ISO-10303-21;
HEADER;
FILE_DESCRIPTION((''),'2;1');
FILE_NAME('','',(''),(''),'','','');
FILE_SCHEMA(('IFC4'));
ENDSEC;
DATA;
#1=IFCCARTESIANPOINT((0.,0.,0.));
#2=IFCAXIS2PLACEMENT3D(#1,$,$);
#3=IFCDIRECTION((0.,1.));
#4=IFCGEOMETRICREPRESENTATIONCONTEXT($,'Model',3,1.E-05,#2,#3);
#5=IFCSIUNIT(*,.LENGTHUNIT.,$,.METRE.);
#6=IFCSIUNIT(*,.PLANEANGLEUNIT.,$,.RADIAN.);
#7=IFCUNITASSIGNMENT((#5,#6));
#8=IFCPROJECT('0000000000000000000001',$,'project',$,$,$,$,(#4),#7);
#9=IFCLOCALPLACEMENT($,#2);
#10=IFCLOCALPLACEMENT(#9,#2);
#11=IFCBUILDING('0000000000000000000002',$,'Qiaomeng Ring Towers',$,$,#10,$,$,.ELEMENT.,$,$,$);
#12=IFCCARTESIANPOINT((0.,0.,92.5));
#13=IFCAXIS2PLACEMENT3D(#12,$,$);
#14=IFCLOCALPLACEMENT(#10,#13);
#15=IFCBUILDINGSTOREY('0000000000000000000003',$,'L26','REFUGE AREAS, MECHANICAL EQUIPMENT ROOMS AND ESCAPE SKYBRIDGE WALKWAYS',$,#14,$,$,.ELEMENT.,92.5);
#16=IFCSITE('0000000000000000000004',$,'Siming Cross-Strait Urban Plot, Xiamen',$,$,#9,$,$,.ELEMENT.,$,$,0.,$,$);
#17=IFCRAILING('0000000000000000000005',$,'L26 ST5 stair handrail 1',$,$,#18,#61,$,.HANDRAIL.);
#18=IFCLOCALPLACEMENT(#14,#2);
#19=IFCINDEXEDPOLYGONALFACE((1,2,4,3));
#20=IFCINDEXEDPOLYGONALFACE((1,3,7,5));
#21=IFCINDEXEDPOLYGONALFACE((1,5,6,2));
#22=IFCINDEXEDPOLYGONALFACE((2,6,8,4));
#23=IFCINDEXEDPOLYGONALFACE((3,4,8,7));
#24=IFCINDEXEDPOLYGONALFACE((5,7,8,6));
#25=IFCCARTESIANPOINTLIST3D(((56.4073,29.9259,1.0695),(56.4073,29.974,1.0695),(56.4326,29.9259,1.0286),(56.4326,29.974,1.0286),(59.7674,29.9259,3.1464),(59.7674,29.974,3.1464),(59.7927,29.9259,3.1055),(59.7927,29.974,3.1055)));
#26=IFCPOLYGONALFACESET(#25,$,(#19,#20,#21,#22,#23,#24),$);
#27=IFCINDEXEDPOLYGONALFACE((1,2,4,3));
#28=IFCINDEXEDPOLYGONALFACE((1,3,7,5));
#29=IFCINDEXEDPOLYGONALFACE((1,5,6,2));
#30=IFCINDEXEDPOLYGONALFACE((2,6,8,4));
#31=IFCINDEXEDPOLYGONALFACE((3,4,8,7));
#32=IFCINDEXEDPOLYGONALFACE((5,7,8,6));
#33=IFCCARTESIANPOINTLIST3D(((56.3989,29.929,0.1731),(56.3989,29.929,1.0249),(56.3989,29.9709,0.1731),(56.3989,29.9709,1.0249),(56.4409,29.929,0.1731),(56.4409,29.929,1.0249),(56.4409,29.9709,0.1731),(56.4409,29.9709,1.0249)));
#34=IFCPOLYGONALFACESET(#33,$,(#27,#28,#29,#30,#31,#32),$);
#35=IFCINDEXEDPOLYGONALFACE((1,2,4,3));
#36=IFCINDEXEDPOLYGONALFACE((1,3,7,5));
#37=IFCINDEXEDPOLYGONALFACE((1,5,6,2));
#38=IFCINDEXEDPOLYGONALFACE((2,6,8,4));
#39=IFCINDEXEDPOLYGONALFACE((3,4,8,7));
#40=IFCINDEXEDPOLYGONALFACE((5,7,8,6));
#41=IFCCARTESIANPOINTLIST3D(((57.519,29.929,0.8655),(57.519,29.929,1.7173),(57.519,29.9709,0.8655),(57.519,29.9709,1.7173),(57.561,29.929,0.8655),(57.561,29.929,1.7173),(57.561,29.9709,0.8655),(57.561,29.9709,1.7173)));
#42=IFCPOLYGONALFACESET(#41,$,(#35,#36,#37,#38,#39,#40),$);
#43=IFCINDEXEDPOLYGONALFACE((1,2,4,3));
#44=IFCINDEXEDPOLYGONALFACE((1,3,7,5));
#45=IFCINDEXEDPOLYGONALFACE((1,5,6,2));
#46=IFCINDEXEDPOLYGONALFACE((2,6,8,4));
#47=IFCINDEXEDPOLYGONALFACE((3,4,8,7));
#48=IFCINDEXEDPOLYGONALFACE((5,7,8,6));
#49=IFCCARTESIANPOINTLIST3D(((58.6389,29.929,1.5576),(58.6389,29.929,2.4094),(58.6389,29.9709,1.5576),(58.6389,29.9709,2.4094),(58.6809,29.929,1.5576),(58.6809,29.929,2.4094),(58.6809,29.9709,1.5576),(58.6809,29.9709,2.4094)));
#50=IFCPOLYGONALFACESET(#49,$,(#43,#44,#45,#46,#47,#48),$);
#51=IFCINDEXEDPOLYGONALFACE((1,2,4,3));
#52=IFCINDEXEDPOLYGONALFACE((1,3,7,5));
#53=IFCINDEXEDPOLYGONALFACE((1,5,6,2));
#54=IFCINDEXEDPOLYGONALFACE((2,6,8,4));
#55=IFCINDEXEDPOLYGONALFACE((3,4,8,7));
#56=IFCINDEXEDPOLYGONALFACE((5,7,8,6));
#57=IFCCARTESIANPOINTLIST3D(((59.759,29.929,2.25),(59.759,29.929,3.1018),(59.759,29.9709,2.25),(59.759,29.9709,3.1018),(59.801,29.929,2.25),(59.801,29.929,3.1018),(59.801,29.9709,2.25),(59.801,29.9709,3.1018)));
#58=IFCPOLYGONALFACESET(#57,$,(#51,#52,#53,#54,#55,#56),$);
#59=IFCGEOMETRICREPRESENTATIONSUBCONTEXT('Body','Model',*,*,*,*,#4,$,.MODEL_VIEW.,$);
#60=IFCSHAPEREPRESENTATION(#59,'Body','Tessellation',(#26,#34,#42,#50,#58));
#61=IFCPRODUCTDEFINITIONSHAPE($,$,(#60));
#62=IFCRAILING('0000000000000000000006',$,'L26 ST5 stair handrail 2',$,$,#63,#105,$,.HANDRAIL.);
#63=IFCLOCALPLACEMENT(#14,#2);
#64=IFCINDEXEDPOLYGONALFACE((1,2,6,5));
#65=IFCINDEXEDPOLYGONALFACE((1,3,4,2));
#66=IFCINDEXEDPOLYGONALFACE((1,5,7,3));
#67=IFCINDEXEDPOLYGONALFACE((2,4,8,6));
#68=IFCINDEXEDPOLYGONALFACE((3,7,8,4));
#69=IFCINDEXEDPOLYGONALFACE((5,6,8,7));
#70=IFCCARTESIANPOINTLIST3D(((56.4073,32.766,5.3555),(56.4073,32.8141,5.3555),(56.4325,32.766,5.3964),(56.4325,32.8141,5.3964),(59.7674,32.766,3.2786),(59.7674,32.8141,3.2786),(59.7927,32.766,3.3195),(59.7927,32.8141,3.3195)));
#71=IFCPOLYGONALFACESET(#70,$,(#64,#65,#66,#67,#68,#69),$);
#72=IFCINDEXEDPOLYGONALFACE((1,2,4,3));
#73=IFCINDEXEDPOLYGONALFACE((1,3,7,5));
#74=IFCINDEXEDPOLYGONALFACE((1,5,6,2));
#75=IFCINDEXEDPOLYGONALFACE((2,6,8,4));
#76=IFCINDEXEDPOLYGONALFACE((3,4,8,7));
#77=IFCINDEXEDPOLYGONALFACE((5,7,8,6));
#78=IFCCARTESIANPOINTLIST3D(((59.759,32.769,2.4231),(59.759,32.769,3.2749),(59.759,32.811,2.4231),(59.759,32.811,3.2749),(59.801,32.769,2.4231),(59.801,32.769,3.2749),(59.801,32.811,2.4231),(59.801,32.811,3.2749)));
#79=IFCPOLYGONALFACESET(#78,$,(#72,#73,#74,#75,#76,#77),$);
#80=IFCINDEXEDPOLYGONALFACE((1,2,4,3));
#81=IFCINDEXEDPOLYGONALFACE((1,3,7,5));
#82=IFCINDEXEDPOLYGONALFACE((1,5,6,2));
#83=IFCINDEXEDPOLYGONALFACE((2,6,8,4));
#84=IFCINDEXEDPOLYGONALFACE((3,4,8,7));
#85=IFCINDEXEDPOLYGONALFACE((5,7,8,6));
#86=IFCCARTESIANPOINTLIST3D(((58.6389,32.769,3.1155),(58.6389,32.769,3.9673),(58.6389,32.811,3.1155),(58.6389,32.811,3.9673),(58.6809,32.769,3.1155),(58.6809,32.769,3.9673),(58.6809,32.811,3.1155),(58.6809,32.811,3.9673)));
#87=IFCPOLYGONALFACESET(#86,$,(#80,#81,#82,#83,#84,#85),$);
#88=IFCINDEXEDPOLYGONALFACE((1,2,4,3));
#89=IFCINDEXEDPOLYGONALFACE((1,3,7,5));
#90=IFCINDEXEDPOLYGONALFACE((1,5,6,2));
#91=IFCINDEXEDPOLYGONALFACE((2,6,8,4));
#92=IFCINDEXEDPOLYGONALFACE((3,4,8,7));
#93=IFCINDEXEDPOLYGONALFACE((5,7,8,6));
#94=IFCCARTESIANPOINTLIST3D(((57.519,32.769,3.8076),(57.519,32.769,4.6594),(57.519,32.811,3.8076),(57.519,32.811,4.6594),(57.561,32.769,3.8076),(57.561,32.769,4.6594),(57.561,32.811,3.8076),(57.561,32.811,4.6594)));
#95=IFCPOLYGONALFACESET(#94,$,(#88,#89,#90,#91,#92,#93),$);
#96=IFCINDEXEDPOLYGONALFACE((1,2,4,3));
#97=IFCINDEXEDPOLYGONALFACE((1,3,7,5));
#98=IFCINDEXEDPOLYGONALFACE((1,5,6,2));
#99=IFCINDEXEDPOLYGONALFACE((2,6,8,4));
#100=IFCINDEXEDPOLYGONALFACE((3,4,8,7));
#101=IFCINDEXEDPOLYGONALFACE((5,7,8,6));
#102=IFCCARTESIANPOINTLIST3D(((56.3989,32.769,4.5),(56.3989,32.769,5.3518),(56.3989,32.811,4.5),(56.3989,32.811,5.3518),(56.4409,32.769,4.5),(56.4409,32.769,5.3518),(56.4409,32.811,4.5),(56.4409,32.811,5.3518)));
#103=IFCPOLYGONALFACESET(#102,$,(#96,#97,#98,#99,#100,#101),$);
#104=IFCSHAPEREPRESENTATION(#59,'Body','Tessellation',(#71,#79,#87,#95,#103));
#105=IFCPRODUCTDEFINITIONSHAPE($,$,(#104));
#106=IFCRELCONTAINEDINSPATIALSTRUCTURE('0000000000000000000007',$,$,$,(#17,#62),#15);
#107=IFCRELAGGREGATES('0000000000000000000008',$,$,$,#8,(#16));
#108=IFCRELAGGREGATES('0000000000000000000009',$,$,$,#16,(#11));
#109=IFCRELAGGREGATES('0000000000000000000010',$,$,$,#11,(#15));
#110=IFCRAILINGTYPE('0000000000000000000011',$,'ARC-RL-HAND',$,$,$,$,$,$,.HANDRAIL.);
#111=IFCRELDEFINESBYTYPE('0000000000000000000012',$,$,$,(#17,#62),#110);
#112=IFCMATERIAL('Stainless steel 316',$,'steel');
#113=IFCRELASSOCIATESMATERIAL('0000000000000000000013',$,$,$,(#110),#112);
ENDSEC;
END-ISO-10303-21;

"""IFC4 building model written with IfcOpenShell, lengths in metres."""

from ifc_helpers import new_model, si_unit, direction, frame, origin, origin_2d, place, context, subcontext, project, spatial, rectangle, extrude, material, type_object, element, save


model = new_model("IFC4")

# Units and contexts
model_context = context("Model", 3, precision=1e-05, world=origin(), true_north=direction((0.0, 1.0)))
body_context = subcontext(model_context, "Body", "Model", "MODEL_VIEW")
ifc_project = project(units=[si_unit("LENGTHUNIT", "METRE"), si_unit("PLANEANGLEUNIT", "RADIAN")], contexts=[model_context])

# Site, building, storey
site_placement = place(None, origin())
site = spatial("IfcSite", under=ifc_project, at=site_placement, Name="Siming Cross-Strait Urban Plot, Xiamen", CompositionType="ELEMENT", RefElevation=0.0)
building_placement = place(site_placement, origin())
building = spatial("IfcBuilding", under=site, at=building_placement, Name="Qiaomeng Ring Towers", CompositionType="ELEMENT")
storey_placement = place(building_placement, frame((0.0, 0.0, 92.5)))
storey = spatial("IfcBuildingStorey", under=building, at=storey_placement, Name="L26", Description="REFUGE AREAS, MECHANICAL EQUIPMENT ROOMS AND ESCAPE SKYBRIDGE WALKWAYS", CompositionType="ELEMENT", Elevation=92.5)

# Shared definitions
ifc_material_1 = material(Name="Stainless steel 316", Category="steel")

# Railings
railing_type_1 = type_object("IfcRailingType", Name="ARC-RL-HAND", PredefinedType="HANDRAIL", material=ifc_material_1)
railing_1_placement = place(storey_placement, frame((56.4199, 29.95, 0.1731)))
element("IfcRailing", 1, at=railing_1_placement, inside=storey, type_object=railing_type_1, Name="L26 ST5 stair handrail 1", PredefinedType="HANDRAIL", context=body_context, shape_type="SweptSolid", body=[
    extrude(rectangle(XDim=0.0481, YDim=0.0481, at=origin_2d()), frame((0.0, 0.0, 0.876), z_axis=(0.850623, 0.0, 0.525776), x_axis=(0.0, 1.0, 0.0)), (0.0, 0.0, 1.0), 3.9502),
    extrude(rectangle(XDim=0.042, YDim=0.042, at=origin_2d()), origin(), (0.0, 0.0, 1.0), 0.8518),
    extrude(rectangle(XDim=0.042, YDim=0.042, at=origin_2d()), frame((1.1201, 0.0, 0.6924)), (0.0, 0.0, 1.0), 0.8518),
    extrude(rectangle(XDim=0.042, YDim=0.042, at=origin_2d()), frame((2.24, 0.0, 1.3845)), (0.0, 0.0, 1.0), 0.8518),
    extrude(rectangle(XDim=0.042, YDim=0.042, at=origin_2d()), frame((3.3601, 0.0, 2.0769)), (0.0, 0.0, 1.0), 0.8518),
])
railing_2_placement = place(storey_placement, frame((59.78, 32.79, 2.4231)))
element("IfcRailing", 2, at=railing_2_placement, inside=storey, type_object=railing_type_1, Name="L26 ST5 stair handrail 2", PredefinedType="HANDRAIL", context=body_context, shape_type="SweptSolid", body=[
    extrude(rectangle(XDim=0.0481, YDim=0.0481, at=origin_2d()), frame((0.0, 0.0, 0.876), z_axis=(-0.850623, 0.0, 0.525776), x_axis=(0.0, -1.0, 0.0)), (0.0, 0.0, 1.0), 3.9502),
    extrude(rectangle(XDim=0.042, YDim=0.042, at=origin_2d()), origin(), (0.0, 0.0, 1.0), 0.8518),
    extrude(rectangle(XDim=0.042, YDim=0.042, at=origin_2d()), frame((-1.1201, 0.0, 0.6924)), (0.0, 0.0, 1.0), 0.8518),
    extrude(rectangle(XDim=0.042, YDim=0.042, at=origin_2d()), frame((-2.24, 0.0, 1.3845)), (0.0, 0.0, 1.0), 0.8518),
    extrude(rectangle(XDim=0.042, YDim=0.042, at=origin_2d()), frame((-3.3601, 0.0, 2.0769)), (0.0, 0.0, 1.0), 0.8518),
])

save(model, "model.ifc")
